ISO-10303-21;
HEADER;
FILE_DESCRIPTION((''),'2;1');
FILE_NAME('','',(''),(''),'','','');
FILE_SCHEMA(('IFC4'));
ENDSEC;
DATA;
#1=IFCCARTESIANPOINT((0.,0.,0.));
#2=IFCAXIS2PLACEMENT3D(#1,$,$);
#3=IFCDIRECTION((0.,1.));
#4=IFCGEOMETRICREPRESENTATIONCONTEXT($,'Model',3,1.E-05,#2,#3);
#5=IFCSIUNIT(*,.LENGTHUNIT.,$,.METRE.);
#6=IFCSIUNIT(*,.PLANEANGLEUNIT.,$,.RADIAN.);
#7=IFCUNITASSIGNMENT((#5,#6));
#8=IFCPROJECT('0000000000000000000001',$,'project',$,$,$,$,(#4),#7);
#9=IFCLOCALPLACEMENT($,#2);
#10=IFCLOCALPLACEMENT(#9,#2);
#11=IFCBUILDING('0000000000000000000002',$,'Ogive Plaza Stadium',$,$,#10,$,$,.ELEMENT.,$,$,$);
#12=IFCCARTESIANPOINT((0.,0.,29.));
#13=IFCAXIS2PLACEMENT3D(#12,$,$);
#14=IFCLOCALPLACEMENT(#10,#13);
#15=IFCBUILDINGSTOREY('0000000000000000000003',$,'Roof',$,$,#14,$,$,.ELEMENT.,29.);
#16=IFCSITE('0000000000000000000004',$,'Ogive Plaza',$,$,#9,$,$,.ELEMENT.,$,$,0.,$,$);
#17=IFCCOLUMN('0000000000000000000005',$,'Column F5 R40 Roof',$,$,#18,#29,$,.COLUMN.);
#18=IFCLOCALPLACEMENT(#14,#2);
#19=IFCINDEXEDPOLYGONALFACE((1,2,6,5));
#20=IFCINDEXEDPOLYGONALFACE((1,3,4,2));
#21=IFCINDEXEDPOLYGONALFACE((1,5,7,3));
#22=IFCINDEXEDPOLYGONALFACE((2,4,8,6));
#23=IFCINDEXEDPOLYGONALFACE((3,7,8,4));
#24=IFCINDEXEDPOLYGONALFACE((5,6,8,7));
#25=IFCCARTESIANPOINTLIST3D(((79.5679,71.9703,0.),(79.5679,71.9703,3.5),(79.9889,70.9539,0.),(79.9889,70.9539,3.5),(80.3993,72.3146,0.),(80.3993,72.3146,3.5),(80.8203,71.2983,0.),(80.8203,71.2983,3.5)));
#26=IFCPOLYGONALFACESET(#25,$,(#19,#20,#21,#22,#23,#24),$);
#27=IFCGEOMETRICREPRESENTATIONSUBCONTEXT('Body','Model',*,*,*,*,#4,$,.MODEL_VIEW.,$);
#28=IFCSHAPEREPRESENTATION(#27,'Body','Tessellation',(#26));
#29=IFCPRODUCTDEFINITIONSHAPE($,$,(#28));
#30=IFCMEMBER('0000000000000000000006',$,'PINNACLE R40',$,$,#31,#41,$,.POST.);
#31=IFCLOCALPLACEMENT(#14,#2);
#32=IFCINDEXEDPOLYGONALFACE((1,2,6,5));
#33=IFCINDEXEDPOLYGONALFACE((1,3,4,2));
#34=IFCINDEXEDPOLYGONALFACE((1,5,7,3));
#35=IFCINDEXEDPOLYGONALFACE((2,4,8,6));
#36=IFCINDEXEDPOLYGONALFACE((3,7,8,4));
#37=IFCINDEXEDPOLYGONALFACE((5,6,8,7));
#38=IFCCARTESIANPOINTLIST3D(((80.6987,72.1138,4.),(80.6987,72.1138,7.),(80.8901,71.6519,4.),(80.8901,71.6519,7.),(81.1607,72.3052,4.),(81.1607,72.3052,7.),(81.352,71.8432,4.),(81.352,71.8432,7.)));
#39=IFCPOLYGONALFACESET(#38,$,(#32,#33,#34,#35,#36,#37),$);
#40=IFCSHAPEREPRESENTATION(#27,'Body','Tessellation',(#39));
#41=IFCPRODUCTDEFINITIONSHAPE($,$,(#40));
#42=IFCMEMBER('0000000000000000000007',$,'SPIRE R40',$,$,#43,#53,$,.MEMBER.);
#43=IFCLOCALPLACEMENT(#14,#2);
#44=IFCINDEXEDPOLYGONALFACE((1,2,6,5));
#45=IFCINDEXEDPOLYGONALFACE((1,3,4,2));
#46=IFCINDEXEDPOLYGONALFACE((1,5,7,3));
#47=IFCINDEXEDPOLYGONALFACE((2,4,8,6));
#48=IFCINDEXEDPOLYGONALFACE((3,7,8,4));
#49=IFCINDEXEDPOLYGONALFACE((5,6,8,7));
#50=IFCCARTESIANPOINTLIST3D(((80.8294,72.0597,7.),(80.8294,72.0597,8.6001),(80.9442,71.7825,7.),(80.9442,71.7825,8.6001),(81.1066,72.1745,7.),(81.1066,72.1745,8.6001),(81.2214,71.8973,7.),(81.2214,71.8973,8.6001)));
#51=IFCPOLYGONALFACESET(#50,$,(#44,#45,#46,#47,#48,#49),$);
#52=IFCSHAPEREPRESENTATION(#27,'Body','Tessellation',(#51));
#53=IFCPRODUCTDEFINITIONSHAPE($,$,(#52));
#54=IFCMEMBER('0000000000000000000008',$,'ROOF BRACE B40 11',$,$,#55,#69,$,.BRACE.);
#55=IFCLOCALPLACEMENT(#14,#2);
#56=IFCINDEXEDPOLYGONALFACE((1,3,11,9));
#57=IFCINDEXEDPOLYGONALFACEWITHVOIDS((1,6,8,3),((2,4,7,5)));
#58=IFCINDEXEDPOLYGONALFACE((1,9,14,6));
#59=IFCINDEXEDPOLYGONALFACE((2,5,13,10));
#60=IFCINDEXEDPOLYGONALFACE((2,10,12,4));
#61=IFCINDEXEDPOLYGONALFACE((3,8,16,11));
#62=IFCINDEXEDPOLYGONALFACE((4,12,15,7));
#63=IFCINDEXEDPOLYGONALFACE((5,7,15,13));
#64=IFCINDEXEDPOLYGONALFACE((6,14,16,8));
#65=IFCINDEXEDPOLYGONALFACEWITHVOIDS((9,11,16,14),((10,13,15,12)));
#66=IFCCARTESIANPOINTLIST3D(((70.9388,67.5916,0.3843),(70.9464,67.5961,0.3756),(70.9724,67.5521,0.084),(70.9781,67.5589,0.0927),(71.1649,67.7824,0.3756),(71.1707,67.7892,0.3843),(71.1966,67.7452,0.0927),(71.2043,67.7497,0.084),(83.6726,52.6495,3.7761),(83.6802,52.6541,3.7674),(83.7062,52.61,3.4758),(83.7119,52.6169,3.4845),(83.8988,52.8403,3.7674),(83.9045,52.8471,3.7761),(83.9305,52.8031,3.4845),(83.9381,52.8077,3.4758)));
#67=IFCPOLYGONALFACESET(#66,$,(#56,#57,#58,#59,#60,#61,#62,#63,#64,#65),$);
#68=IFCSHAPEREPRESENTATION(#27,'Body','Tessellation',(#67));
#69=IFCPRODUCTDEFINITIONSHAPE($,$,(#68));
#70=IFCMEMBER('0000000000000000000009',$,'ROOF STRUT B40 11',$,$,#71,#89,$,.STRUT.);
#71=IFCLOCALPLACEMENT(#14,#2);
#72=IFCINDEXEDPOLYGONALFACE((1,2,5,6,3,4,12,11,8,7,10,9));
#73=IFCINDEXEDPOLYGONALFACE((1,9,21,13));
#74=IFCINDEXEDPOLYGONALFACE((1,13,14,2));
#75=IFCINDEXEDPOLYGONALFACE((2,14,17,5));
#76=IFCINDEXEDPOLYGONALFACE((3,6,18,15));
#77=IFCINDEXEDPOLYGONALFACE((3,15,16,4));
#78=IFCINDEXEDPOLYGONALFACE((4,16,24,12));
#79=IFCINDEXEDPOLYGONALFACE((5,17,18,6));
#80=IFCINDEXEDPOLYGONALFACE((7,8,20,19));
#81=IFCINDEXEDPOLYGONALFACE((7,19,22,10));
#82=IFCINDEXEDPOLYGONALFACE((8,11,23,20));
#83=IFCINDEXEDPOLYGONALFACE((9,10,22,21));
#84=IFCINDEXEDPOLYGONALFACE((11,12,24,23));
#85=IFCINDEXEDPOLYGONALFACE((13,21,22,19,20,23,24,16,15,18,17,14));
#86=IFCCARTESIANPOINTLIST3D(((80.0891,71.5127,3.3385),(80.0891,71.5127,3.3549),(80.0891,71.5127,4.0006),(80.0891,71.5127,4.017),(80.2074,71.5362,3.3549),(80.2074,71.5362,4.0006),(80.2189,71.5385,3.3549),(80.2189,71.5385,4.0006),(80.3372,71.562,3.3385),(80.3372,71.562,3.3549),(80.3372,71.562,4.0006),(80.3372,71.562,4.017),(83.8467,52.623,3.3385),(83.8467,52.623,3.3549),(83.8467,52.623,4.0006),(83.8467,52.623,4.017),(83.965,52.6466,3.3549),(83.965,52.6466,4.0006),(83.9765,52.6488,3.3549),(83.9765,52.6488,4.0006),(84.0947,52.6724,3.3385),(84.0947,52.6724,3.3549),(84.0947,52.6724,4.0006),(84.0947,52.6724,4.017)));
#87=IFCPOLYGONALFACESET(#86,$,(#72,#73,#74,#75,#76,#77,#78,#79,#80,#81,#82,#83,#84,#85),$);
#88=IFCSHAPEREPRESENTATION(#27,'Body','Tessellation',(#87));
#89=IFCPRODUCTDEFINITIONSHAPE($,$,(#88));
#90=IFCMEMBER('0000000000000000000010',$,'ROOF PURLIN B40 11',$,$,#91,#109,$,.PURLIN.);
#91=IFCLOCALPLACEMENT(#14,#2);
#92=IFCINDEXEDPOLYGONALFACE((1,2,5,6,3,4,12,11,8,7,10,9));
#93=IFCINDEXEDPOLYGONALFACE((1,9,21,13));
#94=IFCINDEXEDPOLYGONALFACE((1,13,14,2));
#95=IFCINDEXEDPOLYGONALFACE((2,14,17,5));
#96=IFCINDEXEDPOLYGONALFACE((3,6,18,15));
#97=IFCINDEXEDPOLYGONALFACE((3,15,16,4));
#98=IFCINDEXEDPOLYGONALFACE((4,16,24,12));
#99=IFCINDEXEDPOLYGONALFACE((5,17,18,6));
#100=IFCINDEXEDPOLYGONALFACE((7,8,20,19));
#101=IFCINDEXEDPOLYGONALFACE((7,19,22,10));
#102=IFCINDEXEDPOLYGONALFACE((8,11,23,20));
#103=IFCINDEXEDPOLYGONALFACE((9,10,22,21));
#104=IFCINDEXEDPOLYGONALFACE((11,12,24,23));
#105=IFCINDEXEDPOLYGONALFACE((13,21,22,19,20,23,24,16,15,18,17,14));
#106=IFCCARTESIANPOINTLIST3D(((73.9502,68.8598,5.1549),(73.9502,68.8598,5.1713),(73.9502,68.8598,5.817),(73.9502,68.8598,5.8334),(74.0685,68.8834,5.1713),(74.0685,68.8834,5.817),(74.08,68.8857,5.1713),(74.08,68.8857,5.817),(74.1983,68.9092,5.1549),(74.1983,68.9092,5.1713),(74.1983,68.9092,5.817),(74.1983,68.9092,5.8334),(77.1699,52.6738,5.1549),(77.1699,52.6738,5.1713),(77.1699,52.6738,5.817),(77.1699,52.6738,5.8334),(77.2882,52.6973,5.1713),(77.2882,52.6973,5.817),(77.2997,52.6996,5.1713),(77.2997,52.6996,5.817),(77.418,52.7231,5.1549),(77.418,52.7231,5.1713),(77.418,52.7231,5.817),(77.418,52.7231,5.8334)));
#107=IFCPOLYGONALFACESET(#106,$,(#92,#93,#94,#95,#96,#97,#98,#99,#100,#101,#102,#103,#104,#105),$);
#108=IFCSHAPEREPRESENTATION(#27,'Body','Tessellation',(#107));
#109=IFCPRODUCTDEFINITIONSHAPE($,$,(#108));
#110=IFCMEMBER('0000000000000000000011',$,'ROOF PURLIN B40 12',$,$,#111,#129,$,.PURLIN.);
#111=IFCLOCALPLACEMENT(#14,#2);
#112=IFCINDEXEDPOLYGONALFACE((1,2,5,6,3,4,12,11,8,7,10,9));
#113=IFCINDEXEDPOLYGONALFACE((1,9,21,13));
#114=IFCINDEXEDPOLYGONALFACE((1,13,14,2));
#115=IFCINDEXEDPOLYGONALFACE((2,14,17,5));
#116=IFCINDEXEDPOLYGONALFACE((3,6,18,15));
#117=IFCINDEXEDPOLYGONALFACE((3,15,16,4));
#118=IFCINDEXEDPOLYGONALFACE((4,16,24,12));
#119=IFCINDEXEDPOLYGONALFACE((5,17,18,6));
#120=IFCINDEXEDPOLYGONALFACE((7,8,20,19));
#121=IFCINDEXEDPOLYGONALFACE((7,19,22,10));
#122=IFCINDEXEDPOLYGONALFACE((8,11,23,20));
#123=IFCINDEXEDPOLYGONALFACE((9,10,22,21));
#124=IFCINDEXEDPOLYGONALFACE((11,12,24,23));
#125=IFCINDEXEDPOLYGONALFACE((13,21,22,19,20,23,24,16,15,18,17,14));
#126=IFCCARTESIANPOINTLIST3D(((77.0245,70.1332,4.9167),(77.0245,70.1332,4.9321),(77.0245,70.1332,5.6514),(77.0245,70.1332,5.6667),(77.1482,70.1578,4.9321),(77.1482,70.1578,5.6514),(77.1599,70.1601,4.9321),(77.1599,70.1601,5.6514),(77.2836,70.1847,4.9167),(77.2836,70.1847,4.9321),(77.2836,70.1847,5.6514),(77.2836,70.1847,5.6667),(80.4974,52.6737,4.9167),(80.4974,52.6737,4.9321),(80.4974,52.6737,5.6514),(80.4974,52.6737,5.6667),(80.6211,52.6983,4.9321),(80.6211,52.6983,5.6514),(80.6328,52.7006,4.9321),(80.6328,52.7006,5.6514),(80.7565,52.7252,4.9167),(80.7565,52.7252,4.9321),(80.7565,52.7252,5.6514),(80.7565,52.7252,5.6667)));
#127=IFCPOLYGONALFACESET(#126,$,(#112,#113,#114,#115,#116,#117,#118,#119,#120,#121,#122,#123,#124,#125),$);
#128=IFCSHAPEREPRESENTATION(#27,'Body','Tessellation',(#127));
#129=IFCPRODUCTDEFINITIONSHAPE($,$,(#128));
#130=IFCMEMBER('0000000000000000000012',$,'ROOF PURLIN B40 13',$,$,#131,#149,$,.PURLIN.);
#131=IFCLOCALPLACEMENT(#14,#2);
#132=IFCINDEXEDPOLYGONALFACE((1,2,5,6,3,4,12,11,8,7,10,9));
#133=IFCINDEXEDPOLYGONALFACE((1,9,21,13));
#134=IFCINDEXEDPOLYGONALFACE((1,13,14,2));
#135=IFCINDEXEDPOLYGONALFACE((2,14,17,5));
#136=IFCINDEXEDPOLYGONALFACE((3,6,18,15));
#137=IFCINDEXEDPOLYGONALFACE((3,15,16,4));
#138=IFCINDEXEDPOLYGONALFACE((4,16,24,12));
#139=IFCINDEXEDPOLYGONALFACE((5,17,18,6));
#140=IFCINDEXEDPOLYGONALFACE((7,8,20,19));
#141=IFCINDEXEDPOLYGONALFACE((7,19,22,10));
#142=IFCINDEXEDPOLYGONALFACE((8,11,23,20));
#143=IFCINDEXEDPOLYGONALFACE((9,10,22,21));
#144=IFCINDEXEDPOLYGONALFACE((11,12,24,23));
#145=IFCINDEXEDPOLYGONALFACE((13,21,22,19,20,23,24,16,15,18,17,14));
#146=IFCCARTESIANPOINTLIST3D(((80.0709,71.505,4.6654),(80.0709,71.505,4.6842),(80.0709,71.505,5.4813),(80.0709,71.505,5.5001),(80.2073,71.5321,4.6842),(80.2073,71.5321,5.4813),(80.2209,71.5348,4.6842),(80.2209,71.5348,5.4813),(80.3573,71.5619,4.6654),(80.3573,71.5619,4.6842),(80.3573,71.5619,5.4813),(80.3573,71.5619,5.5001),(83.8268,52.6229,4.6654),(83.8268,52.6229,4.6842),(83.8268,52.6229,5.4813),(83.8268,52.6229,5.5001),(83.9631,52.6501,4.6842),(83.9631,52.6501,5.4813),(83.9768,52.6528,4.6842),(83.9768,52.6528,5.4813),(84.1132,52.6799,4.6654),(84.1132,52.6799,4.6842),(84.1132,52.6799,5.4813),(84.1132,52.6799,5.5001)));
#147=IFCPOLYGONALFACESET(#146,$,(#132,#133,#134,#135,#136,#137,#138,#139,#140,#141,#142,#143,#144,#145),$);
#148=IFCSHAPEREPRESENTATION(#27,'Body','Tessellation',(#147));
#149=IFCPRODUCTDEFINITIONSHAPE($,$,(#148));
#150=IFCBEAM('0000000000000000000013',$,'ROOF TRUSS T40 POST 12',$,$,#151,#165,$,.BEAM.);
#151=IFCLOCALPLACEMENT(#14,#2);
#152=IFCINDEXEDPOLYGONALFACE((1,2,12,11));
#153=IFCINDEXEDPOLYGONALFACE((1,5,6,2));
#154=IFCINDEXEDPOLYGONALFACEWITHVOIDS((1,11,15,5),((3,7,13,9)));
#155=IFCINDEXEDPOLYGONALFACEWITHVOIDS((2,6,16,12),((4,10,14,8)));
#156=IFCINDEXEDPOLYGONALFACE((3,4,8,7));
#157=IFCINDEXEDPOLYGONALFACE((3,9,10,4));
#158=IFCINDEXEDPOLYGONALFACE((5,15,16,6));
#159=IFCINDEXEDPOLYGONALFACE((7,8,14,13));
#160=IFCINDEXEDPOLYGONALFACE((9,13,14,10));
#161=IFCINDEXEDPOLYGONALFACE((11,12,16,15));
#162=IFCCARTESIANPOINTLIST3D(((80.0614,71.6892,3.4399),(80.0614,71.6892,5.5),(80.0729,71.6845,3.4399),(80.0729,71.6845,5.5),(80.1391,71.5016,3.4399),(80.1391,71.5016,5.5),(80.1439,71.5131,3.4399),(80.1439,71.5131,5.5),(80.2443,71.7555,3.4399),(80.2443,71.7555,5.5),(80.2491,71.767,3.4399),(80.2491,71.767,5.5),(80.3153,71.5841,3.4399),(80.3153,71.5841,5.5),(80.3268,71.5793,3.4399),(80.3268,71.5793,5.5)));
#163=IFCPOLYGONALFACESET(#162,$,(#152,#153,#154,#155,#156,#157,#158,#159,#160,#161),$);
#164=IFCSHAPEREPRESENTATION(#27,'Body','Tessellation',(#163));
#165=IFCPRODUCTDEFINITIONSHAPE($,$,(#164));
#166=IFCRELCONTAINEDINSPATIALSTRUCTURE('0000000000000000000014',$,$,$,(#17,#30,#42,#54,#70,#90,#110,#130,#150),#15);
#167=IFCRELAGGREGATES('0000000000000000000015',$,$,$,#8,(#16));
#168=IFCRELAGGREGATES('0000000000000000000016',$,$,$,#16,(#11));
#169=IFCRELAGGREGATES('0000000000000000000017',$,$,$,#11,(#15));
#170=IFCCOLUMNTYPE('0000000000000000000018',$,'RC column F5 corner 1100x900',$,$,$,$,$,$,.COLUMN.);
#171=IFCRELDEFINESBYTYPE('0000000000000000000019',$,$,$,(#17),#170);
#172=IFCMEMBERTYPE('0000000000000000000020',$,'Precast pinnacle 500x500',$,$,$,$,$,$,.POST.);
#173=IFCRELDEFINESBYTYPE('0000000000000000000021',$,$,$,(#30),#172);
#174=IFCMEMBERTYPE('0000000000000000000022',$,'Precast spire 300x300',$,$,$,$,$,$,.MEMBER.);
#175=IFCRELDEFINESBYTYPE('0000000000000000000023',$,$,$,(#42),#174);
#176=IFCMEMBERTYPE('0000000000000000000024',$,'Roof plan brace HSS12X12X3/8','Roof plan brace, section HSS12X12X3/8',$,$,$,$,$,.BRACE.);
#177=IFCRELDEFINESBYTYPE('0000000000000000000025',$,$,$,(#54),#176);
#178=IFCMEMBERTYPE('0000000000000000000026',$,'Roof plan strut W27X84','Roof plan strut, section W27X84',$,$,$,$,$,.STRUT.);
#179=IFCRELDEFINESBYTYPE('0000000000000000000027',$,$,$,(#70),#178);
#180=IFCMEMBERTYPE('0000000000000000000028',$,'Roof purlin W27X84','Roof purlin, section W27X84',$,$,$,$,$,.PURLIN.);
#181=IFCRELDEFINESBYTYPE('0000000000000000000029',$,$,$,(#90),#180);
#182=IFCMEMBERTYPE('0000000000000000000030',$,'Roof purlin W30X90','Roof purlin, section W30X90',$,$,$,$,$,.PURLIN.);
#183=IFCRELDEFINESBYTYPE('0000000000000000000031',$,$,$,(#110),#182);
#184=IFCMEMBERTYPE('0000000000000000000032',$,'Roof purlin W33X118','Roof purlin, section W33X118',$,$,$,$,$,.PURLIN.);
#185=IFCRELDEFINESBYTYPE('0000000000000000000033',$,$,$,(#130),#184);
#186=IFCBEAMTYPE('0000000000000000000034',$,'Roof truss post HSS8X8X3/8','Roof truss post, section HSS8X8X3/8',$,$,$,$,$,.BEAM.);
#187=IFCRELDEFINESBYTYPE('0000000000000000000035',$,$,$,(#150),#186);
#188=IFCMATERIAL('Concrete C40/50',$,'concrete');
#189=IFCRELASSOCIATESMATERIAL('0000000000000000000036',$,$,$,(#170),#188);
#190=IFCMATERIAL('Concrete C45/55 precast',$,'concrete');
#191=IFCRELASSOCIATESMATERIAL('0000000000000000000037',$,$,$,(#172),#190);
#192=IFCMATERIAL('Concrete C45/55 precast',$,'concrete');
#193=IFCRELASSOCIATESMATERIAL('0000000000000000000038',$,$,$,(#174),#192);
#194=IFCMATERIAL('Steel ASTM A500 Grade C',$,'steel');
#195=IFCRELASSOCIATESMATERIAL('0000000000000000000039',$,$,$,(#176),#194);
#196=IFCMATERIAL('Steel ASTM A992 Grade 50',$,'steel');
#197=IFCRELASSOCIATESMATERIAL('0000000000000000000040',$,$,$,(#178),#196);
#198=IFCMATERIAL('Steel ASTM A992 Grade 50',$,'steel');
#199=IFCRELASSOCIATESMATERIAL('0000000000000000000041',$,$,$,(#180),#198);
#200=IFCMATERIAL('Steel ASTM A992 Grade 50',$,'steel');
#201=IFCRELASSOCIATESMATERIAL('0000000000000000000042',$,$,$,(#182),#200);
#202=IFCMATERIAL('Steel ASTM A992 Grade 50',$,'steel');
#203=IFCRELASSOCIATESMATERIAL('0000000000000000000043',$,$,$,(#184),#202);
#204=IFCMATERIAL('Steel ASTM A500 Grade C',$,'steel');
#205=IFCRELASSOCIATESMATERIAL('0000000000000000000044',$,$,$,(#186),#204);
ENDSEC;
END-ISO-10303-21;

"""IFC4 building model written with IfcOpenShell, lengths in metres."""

from ifc_helpers import new_model, si_unit, direction, frame, origin, origin_2d, place, context, subcontext, project, spatial, rectangle, hollow_rectangle, i_section, extrude, material, material_profile, profile_set, type_object, element, save


model = new_model("IFC4")

# Units and contexts
model_context = context("Model", 3, precision=1e-05, world=origin(), true_north=direction((0.0, 1.0)))
body_context = subcontext(model_context, "Body", "Model", "MODEL_VIEW")
ifc_project = project(units=[si_unit("LENGTHUNIT", "METRE"), si_unit("PLANEANGLEUNIT", "RADIAN")], contexts=[model_context])

# Site, building, storey
site_placement = place(None, origin())
site = spatial("IfcSite", under=ifc_project, at=site_placement, Name="Ogive Plaza", CompositionType="ELEMENT", RefElevation=0.0)
building_placement = place(site_placement, origin())
building = spatial("IfcBuilding", under=site, at=building_placement, Name="Ogive Plaza Stadium", CompositionType="ELEMENT")
storey_placement = place(building_placement, frame((0.0, 0.0, 29.0)))
storey = spatial("IfcBuildingStorey", under=building, at=storey_placement, Name="Roof", CompositionType="ELEMENT", Elevation=29.0)

# Column
ifc_material_1 = material(Name="Concrete C40/50", Category="concrete")
ifc_material_profile_1 = material_profile(ifc_material_1, rectangle(XDim=1.1001, YDim=0.8999, at=origin_2d()), Name="RC 1100x900")
ifc_profile_set_1 = profile_set([ifc_material_profile_1], Name="Concrete C40/50")
column_type = type_object("IfcColumnType", Name="RC column F5 corner 1100x900", PredefinedType="COLUMN", material=ifc_profile_set_1)
column_placement = place(storey_placement, frame((80.1941, 71.6343, 0.0), z_axis=(0.0, 0.0, 1.0), x_axis=(-0.382683, 0.92388, 0.0)))
element("IfcColumn", 1, at=column_placement, inside=storey, type_object=column_type, Name="Column F5 R40 Roof", PredefinedType="COLUMN", context=body_context, shape_type="SweptSolid", body=[
    extrude(rectangle(XDim=1.1001, YDim=0.8999, at=origin_2d()), origin(), (0.0, 0.0, 1.0), 3.5),
])

# Members
ifc_material_2 = material(Name="Concrete C45/55 precast", Category="concrete")
ifc_material_profile_2 = material_profile(ifc_material_2, rectangle(XDim=0.5, YDim=0.5, at=origin_2d()), Name="RC 500x500")
ifc_profile_set_2 = profile_set([ifc_material_profile_2], Name="Concrete C45/55 precast")
member_type_1 = type_object("IfcMemberType", Name="Precast pinnacle 500x500", PredefinedType="POST", material=ifc_profile_set_2)
member_1_placement = place(storey_placement, frame((81.0254, 71.9785, 4.0), z_axis=(0.0, 0.0, 1.0), x_axis=(-0.382683, 0.92388, 0.0)))
element("IfcMember", 2, at=member_1_placement, inside=storey, type_object=member_type_1, Name="PINNACLE R40", PredefinedType="POST", context=body_context, shape_type="SweptSolid", body=[
    extrude(rectangle(XDim=0.5, YDim=0.5, at=origin_2d()), origin(), (0.0, 0.0, 1.0), 3.0),
])
ifc_material_3 = material(Name="Concrete C45/55 precast", Category="concrete")
ifc_material_profile_3 = material_profile(ifc_material_3, rectangle(XDim=0.3, YDim=0.3, at=origin_2d()), Name="RC 300x300")
ifc_profile_set_3 = profile_set([ifc_material_profile_3], Name="Concrete C45/55 precast")
member_type_2 = type_object("IfcMemberType", Name="Precast spire 300x300", PredefinedType="MEMBER", material=ifc_profile_set_3)
member_2_placement = place(storey_placement, frame((81.0254, 71.9785, 7.0), z_axis=(0.0, 0.0, 1.0), x_axis=(-0.382683, 0.92388, 0.0)))
element("IfcMember", 3, at=member_2_placement, inside=storey, type_object=member_type_2, Name="SPIRE R40", PredefinedType="MEMBER", context=body_context, shape_type="SweptSolid", body=[
    extrude(rectangle(XDim=0.3, YDim=0.3, at=origin_2d()), origin(), (0.0, 0.0, 1.0), 1.6001),
])
ifc_material_4 = material(Name="Steel ASTM A500 Grade C", Category="steel")
ifc_material_profile_4 = material_profile(ifc_material_4, hollow_rectangle(XDim=0.3047, YDim=0.3047, WallThickness=0.0088, at=origin_2d()), Name="HSS12X12X3/8")
ifc_profile_set_4 = profile_set([ifc_material_profile_4], Name="Steel ASTM A500 Grade C")
member_type_3 = type_object("IfcMemberType", Name="Roof plan brace HSS12X12X3/8", Description="Roof plan brace, section HSS12X12X3/8", PredefinedType="BRACE", material=ifc_profile_set_4)
member_3_placement = place(storey_placement, frame((71.0715, 67.6707, 0.2341), z_axis=(0.639157, -0.749996, 0.170248), x_axis=(0.761107, 0.648626, 0.0)))
element("IfcMember", 4, at=member_3_placement, inside=storey, type_object=member_type_3, Name="ROOF BRACE B40 11", PredefinedType="BRACE", context=body_context, shape_type="SweptSolid", body=[
    extrude(hollow_rectangle(XDim=0.3047, YDim=0.3047, WallThickness=0.0088, at=origin_2d()), origin(), (0.0, 0.0, 1.0), 19.9229),
])
ifc_material_5 = material(Name="Steel ASTM A992 Grade 50", Category="steel")
ifc_material_profile_5 = material_profile(ifc_material_5, i_section(OverallWidth=0.2529, OverallDepth=0.6785, WebThickness=0.0117, FlangeThickness=0.0164, at=origin_2d()), Name="W27X84")
ifc_profile_set_5 = profile_set([ifc_material_profile_5], Name="Steel ASTM A992 Grade 50")
member_type_4 = type_object("IfcMemberType", Name="Roof plan strut W27X84", Description="Roof plan strut, section W27X84", PredefinedType="STRUT", material=ifc_profile_set_5)
member_4_placement = place(storey_placement, frame((80.2131, 71.5374, 3.6777), z_axis=(0.195099, -0.980783, 0.0), x_axis=(0.980783, 0.195099, 0.0)))
element("IfcMember", 5, at=member_4_placement, inside=storey, type_object=member_type_4, Name="ROOF STRUT B40 11", PredefinedType="STRUT", context=body_context, shape_type="SweptSolid", body=[
    extrude(i_section(OverallWidth=0.2529, OverallDepth=0.6785, WebThickness=0.0117, FlangeThickness=0.0164, at=origin_2d()), origin(), (0.0, 0.0, 1.0), 19.2598),
])
ifc_material_6 = material(Name="Steel ASTM A992 Grade 50", Category="steel")
ifc_material_profile_6 = material_profile(ifc_material_6, i_section(OverallWidth=0.2529, OverallDepth=0.6785, WebThickness=0.0117, FlangeThickness=0.0164, at=origin_2d()), Name="W27X84")
ifc_profile_set_6 = profile_set([ifc_material_profile_6], Name="Steel ASTM A992 Grade 50")
member_type_5 = type_object("IfcMemberType", Name="Roof purlin W27X84", Description="Roof purlin, section W27X84", PredefinedType="PURLIN", material=ifc_profile_set_6)
member_5_placement = place(storey_placement, frame((74.0742, 68.8845, 5.4941), z_axis=(0.195098, -0.980784, 0.0), x_axis=(0.980784, 0.195098, 0.0)))
element("IfcMember", 6, at=member_5_placement, inside=storey, type_object=member_type_5, Name="ROOF PURLIN B40 11", PredefinedType="PURLIN", context=body_context, shape_type="SweptSolid", body=[
    extrude(i_section(OverallWidth=0.2529, OverallDepth=0.6785, WebThickness=0.0117, FlangeThickness=0.0164, at=origin_2d()), origin(), (0.0, 0.0, 1.0), 16.5032),
])
ifc_material_7 = material(Name="Steel ASTM A992 Grade 50", Category="steel")
ifc_material_profile_7 = material_profile(ifc_material_7, i_section(OverallWidth=0.2642, OverallDepth=0.75, WebThickness=0.012, FlangeThickness=0.0154, at=origin_2d()), Name="W30X90")
ifc_profile_set_7 = profile_set([ifc_material_profile_7], Name="Steel ASTM A992 Grade 50")
member_type_6 = type_object("IfcMemberType", Name="Roof purlin W30X90", Description="Roof purlin, section W30X90", PredefinedType="PURLIN", material=ifc_profile_set_7)
member_6_placement = place(storey_placement, frame((77.1541, 70.1589, 5.2917), z_axis=(0.19509, -0.980785, 0.0), x_axis=(0.980785, 0.19509, 0.0)))
element("IfcMember", 7, at=member_6_placement, inside=storey, type_object=member_type_6, Name="ROOF PURLIN B40 12", PredefinedType="PURLIN", context=body_context, shape_type="SweptSolid", body=[
    extrude(i_section(OverallWidth=0.2642, OverallDepth=0.75, WebThickness=0.012, FlangeThickness=0.0154, at=origin_2d()), origin(), (0.0, 0.0, 1.0), 17.8015),
])
ifc_material_8 = material(Name="Steel ASTM A992 Grade 50", Category="steel")
ifc_material_profile_8 = material_profile(ifc_material_8, i_section(OverallWidth=0.292, OverallDepth=0.8347, WebThickness=0.0139, FlangeThickness=0.0188, at=origin_2d()), Name="W33X118")
ifc_profile_set_8 = profile_set([ifc_material_profile_8], Name="Steel ASTM A992 Grade 50")
member_type_7 = type_object("IfcMemberType", Name="Roof purlin W33X118", Description="Roof purlin, section W33X118", PredefinedType="PURLIN", material=ifc_profile_set_8)
member_7_placement = place(storey_placement, frame((80.2141, 71.5334, 5.0828), z_axis=(0.195089, -0.980785, 0.0), x_axis=(0.980785, 0.195089, 0.0)))
element("IfcMember", 8, at=member_7_placement, inside=storey, type_object=member_type_7, Name="ROOF PURLIN B40 13", PredefinedType="PURLIN", context=body_context, shape_type="SweptSolid", body=[
    extrude(i_section(OverallWidth=0.292, OverallDepth=0.8347, WebThickness=0.0139, FlangeThickness=0.0188, at=origin_2d()), origin(), (0.0, 0.0, 1.0), 19.252),
])

# Beam
ifc_material_9 = material(Name="Steel ASTM A500 Grade C", Category="steel")
ifc_material_profile_9 = material_profile(ifc_material_9, hollow_rectangle(XDim=0.2031, YDim=0.2031, WallThickness=0.0088, at=origin_2d()), Name="HSS8X8X3/8")
ifc_profile_set_9 = profile_set([ifc_material_profile_9], Name="Steel ASTM A500 Grade C")
beam_type = type_object("IfcBeamType", Name="Roof truss post HSS8X8X3/8", Description="Roof truss post, section HSS8X8X3/8", PredefinedType="BEAM", material=ifc_profile_set_9)
beam_placement = place(storey_placement, frame((80.1941, 71.6343, 3.4399), z_axis=(0.0, 0.0, 1.0), x_axis=(-0.382683, 0.92388, 0.0)))
element("IfcBeam", 9, at=beam_placement, inside=storey, type_object=beam_type, Name="ROOF TRUSS T40 POST 12", PredefinedType="BEAM", context=body_context, shape_type="SweptSolid", body=[
    extrude(hollow_rectangle(XDim=0.2031, YDim=0.2031, WallThickness=0.0088, at=origin_2d()), origin(), (0.0, 0.0, 1.0), 2.0601),
])

save(model, "model.ifc")
